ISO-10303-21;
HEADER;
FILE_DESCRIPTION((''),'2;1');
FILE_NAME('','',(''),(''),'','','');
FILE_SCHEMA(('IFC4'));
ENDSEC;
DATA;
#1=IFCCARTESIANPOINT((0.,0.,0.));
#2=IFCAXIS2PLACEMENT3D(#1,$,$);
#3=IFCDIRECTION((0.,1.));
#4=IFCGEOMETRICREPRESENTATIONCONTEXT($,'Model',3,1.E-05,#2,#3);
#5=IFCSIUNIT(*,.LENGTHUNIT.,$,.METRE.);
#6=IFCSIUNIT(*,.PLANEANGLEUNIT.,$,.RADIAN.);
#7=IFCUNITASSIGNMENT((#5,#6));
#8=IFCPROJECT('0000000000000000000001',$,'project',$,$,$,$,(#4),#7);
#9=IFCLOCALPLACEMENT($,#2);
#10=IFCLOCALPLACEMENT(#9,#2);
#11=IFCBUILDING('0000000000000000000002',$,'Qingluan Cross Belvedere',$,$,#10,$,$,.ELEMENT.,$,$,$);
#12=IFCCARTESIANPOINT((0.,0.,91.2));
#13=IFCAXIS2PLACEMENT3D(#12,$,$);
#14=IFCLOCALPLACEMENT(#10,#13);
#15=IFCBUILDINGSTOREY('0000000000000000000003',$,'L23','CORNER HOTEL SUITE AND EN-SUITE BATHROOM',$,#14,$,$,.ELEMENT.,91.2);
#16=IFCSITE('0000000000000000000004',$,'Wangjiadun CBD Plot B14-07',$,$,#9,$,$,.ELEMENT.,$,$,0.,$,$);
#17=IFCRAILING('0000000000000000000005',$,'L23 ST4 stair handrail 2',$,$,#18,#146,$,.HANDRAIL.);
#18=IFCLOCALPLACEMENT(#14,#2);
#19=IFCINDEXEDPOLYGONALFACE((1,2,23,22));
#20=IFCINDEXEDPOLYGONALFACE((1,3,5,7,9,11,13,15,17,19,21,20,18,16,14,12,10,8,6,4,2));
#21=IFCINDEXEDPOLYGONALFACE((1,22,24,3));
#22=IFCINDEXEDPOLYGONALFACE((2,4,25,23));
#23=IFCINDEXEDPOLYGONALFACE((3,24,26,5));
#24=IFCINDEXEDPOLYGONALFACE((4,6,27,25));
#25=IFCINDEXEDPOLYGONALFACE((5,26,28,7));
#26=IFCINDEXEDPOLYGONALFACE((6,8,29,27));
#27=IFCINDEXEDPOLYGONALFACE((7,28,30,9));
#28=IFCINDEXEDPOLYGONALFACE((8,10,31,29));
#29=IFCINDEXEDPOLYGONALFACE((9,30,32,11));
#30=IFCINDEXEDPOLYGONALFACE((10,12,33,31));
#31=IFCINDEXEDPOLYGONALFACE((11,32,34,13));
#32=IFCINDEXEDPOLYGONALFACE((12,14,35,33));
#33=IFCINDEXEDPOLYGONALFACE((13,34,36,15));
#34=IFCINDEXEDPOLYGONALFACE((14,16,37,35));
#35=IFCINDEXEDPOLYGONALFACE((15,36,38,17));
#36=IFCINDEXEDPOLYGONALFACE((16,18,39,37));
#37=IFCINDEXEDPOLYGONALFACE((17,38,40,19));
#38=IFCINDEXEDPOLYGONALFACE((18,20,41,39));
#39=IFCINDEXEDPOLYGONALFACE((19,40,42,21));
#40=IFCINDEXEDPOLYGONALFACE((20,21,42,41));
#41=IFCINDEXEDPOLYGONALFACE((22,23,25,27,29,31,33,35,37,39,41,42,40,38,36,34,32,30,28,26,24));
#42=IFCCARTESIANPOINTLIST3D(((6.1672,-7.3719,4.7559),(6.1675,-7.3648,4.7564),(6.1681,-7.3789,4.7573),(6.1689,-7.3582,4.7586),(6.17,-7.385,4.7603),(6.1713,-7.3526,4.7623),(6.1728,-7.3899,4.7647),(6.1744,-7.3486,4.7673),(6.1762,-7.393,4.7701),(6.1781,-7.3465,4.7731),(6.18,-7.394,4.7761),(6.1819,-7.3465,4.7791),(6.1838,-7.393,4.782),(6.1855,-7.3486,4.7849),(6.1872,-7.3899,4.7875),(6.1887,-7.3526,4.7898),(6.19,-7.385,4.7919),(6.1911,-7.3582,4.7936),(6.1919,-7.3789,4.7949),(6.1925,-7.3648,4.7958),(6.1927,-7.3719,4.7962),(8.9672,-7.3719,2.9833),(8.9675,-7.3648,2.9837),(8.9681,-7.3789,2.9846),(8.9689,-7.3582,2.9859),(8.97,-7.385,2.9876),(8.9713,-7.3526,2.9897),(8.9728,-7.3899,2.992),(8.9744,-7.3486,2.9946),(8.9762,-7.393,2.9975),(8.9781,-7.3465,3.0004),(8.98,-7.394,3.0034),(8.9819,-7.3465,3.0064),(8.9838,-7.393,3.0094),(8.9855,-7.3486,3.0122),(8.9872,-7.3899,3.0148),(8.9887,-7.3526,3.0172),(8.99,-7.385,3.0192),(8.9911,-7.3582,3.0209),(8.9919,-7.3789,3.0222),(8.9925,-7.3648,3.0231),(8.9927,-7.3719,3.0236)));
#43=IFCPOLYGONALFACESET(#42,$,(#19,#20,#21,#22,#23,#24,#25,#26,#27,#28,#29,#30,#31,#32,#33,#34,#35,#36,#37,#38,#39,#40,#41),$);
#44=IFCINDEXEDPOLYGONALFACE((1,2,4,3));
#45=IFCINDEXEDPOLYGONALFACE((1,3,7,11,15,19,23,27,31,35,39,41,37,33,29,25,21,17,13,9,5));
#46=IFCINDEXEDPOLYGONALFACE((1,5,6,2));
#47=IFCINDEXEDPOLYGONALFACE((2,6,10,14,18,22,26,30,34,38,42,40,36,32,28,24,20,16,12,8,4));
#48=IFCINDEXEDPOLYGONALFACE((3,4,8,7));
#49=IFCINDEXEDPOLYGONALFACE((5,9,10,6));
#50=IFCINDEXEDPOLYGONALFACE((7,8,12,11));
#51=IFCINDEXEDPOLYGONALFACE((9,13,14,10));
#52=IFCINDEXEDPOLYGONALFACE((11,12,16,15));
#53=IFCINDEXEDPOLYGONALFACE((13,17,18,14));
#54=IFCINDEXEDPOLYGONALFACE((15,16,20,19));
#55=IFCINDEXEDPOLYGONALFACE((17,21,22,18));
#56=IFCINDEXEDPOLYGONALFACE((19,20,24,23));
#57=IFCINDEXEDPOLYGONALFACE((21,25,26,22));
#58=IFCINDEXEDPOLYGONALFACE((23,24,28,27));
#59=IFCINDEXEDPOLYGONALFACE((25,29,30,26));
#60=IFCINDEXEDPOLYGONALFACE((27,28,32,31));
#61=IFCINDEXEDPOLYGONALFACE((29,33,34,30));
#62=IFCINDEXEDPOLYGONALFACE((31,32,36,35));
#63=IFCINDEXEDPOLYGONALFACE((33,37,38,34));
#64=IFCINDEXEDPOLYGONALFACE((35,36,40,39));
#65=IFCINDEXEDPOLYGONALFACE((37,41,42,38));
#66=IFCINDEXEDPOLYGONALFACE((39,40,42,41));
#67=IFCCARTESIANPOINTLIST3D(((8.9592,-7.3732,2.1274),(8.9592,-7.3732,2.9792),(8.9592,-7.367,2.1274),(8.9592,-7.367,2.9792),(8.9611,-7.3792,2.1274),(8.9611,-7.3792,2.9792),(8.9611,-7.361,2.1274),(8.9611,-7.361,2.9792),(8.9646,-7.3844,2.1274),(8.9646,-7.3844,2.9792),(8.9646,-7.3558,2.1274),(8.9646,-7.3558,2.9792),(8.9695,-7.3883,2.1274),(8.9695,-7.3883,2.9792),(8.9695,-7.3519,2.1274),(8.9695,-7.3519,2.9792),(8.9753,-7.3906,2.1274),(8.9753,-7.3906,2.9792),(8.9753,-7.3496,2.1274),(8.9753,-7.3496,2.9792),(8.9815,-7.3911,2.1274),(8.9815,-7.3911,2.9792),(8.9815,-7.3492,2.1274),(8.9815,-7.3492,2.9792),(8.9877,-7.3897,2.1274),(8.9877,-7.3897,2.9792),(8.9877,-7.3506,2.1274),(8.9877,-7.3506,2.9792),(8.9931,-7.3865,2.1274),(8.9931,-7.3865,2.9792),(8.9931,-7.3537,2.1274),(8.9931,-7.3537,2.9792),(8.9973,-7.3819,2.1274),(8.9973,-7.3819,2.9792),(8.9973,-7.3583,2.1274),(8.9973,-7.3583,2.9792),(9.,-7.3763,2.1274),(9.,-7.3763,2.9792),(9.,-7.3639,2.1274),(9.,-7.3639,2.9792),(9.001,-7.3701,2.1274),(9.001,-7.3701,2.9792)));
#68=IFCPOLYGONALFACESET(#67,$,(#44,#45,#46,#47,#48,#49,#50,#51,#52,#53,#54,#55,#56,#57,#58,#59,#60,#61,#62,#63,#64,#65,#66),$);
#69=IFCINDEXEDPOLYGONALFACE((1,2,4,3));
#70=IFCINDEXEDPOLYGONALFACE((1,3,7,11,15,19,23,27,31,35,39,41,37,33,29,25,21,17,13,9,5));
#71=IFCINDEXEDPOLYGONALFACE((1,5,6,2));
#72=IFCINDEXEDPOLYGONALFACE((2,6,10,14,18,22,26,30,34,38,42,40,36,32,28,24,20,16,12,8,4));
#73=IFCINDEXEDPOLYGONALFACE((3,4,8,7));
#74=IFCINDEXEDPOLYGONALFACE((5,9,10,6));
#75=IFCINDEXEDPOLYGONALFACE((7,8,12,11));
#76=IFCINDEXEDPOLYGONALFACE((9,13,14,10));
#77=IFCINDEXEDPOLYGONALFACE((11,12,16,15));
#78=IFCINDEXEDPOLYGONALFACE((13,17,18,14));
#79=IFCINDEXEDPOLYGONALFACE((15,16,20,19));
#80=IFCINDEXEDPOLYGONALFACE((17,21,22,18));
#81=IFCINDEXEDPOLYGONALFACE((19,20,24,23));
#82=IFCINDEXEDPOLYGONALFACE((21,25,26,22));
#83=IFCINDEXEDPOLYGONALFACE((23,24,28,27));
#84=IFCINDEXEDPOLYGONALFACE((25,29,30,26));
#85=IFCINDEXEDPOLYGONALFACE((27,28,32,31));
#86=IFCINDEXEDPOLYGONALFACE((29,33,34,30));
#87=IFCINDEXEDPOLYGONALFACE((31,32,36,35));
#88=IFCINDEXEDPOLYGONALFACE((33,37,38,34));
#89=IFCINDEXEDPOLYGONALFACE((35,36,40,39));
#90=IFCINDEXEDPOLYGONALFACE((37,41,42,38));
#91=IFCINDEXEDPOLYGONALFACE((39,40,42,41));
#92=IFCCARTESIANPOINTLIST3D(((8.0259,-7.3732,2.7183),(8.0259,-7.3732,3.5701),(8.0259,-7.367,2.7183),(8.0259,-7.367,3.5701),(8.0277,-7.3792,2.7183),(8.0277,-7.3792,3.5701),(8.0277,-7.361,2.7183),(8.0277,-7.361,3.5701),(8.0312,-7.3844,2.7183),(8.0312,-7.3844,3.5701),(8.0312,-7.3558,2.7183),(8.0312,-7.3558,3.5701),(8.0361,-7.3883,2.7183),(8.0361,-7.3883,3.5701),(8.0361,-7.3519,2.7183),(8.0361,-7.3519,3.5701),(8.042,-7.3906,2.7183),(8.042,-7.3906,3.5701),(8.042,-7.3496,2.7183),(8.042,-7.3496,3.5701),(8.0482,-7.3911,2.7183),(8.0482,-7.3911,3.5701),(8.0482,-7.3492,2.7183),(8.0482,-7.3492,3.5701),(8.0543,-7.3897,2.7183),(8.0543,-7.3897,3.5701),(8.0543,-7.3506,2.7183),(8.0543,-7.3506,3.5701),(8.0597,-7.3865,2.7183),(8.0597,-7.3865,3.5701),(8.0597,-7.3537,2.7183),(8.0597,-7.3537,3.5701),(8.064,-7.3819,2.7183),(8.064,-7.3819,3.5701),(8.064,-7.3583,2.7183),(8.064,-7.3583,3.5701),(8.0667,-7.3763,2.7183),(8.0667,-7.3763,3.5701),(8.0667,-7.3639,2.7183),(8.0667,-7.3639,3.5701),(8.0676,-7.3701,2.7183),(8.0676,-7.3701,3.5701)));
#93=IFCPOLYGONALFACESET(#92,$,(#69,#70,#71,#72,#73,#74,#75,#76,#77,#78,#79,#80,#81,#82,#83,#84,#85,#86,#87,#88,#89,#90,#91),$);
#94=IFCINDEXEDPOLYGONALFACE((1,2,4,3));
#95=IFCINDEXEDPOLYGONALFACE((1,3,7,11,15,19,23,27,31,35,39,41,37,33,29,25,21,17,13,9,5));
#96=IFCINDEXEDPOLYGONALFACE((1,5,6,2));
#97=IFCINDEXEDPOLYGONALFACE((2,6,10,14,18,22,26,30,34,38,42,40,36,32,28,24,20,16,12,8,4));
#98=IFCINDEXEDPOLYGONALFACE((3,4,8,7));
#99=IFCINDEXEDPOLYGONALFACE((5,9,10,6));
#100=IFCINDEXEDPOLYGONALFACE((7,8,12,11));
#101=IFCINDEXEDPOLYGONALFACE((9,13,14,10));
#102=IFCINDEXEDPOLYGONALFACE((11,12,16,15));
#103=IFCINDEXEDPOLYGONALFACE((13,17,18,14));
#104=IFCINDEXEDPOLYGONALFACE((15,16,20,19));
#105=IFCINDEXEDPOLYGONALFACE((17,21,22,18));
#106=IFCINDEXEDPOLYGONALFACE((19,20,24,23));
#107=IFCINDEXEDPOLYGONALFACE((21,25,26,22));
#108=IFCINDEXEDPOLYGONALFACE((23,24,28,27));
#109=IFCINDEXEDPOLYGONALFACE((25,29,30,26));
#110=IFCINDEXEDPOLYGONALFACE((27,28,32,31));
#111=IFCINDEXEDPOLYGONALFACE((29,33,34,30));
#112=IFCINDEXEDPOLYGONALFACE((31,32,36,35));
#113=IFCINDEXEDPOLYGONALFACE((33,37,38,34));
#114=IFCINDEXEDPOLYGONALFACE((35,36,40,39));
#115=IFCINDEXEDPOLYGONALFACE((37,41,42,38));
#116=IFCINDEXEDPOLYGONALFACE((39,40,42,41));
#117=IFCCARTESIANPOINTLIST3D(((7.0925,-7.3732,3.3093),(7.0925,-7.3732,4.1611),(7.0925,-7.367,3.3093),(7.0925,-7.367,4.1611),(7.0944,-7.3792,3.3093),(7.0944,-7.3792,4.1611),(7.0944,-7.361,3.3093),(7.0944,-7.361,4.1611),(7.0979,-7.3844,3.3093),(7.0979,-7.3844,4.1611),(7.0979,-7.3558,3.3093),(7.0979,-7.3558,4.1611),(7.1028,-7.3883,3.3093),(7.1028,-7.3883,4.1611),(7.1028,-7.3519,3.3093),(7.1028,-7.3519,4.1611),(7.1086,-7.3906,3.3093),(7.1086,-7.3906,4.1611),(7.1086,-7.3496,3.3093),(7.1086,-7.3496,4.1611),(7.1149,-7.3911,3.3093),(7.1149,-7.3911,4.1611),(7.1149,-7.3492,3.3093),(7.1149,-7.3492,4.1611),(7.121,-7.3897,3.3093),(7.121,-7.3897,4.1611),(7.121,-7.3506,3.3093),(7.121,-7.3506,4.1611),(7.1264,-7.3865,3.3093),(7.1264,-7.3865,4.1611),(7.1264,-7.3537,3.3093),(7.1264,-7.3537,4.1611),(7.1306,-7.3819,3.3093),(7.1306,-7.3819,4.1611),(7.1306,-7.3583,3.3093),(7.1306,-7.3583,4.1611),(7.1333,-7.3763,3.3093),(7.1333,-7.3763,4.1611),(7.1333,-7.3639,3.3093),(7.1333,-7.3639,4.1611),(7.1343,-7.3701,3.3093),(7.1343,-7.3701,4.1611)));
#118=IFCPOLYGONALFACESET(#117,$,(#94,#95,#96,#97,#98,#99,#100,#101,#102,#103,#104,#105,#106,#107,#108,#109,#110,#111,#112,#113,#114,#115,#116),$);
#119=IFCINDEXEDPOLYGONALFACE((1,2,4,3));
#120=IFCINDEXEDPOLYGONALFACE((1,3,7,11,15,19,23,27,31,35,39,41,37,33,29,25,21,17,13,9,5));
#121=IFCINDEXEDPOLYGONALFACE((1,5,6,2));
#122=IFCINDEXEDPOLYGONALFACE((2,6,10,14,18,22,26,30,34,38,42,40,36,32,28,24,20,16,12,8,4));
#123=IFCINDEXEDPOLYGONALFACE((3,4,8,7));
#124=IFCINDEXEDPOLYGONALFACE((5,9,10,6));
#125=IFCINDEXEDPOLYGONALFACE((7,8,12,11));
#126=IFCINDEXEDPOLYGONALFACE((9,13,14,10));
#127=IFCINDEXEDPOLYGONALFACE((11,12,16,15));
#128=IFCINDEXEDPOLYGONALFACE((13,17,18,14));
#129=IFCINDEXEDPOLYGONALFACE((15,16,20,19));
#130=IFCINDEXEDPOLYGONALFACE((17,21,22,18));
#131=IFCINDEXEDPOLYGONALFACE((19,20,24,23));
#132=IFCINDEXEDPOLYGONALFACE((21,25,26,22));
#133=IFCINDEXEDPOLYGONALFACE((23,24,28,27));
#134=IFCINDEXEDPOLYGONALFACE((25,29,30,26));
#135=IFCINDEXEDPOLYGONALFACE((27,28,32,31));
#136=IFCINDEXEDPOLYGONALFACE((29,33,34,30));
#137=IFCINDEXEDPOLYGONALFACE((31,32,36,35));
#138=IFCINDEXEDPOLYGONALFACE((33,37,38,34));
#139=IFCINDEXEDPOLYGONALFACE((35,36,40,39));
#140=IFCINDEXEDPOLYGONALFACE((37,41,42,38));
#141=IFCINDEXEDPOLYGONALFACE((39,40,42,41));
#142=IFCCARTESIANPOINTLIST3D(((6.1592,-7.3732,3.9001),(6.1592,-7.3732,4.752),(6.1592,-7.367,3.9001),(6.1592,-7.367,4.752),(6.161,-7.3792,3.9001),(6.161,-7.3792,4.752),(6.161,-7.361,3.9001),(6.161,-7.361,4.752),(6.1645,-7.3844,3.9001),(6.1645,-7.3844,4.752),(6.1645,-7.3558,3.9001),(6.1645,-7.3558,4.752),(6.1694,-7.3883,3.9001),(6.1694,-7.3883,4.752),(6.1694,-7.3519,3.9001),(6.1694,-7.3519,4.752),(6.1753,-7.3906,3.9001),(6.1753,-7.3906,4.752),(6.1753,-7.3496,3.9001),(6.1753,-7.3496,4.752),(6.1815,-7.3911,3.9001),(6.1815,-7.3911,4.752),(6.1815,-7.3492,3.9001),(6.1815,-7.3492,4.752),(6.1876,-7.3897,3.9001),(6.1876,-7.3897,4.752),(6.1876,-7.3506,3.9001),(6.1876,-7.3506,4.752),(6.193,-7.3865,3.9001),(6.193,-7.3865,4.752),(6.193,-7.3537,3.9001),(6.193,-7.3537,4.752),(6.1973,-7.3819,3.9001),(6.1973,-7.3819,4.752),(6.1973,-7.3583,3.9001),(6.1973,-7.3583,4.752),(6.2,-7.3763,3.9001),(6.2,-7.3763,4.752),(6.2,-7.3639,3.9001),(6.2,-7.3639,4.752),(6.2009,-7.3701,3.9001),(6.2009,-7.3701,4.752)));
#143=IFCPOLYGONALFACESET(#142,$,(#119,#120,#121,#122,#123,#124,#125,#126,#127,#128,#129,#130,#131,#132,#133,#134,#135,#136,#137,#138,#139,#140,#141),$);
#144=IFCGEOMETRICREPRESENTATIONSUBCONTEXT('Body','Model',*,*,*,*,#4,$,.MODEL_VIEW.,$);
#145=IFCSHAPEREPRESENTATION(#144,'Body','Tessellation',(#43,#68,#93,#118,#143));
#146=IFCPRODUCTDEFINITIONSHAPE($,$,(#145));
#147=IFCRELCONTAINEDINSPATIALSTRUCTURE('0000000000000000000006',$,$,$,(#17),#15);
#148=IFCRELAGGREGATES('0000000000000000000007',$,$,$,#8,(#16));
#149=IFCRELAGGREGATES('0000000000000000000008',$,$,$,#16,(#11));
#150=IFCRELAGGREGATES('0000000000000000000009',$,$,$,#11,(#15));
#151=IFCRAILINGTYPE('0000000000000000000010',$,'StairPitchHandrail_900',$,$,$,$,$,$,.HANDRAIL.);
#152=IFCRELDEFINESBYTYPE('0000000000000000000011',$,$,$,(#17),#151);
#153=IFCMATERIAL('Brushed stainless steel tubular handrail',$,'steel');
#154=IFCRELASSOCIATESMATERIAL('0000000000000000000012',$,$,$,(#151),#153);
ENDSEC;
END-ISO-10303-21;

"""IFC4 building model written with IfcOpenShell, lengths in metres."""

from ifc_helpers import new_model, si_unit, direction, frame, origin, origin_2d, place, context, subcontext, project, spatial, circle, extrude, material, type_object, element, save


model = new_model("IFC4")

# Units and contexts
model_context = context("Model", 3, precision=1e-05, world=origin(), true_north=direction((0.0, 1.0)))
body_context = subcontext(model_context, "Body", "Model", "MODEL_VIEW")
ifc_project = project(units=[si_unit("LENGTHUNIT", "METRE"), si_unit("PLANEANGLEUNIT", "RADIAN")], contexts=[model_context])

# Site, building, storey
site_placement = place(None, origin())
site = spatial("IfcSite", under=ifc_project, at=site_placement, Name="Wangjiadun CBD Plot B14-07", CompositionType="ELEMENT", RefElevation=0.0)
building_placement = place(site_placement, origin())
building = spatial("IfcBuilding", under=site, at=building_placement, Name="Qingluan Cross Belvedere", CompositionType="ELEMENT")
storey_placement = place(building_placement, frame((0.0, 0.0, 91.2)))
storey = spatial("IfcBuildingStorey", under=building, at=storey_placement, Name="L23", Description="CORNER HOTEL SUITE AND EN-SUITE BATHROOM", CompositionType="ELEMENT", Elevation=91.2)

# Railing
ifc_material_1 = material(Name="Brushed stainless steel tubular handrail", Category="steel")
railing_type_1 = type_object("IfcRailingType", Name="StairPitchHandrail_900", PredefinedType="HANDRAIL", material=ifc_material_1)
railing_1_placement = place(storey_placement, frame((8.98, -7.3701, 2.1274)))
element("IfcRailing", 1, at=railing_1_placement, inside=storey, type_object=railing_type_1, Name="L23 ST4 stair handrail 2", PredefinedType="HANDRAIL", context=body_context, shape_type="SweptSolid", body=[
    extrude(circle(Radius=0.0239, at=origin_2d()), frame((0.0, 0.0, 0.876), z_axis=(-0.844909, 0.0, 0.53491), x_axis=(0.0, -1.0, 0.0)), (0.0, 0.0, 1.0), 3.314),
    extrude(circle(Radius=0.021, at=origin_2d()), origin(), (0.0, 0.0, 1.0), 0.8518),
    extrude(circle(Radius=0.021, at=origin_2d()), frame((-0.9333, 0.0, 0.5908)), (0.0, 0.0, 1.0), 0.8518),
    extrude(circle(Radius=0.021, at=origin_2d()), frame((-1.8667, 0.0, 1.1819)), (0.0, 0.0, 1.0), 0.8518),
    extrude(circle(Radius=0.021, at=origin_2d()), frame((-2.8, 0.0, 1.7727)), (0.0, 0.0, 1.0), 0.8518),
])

save(model, "model.ifc")
